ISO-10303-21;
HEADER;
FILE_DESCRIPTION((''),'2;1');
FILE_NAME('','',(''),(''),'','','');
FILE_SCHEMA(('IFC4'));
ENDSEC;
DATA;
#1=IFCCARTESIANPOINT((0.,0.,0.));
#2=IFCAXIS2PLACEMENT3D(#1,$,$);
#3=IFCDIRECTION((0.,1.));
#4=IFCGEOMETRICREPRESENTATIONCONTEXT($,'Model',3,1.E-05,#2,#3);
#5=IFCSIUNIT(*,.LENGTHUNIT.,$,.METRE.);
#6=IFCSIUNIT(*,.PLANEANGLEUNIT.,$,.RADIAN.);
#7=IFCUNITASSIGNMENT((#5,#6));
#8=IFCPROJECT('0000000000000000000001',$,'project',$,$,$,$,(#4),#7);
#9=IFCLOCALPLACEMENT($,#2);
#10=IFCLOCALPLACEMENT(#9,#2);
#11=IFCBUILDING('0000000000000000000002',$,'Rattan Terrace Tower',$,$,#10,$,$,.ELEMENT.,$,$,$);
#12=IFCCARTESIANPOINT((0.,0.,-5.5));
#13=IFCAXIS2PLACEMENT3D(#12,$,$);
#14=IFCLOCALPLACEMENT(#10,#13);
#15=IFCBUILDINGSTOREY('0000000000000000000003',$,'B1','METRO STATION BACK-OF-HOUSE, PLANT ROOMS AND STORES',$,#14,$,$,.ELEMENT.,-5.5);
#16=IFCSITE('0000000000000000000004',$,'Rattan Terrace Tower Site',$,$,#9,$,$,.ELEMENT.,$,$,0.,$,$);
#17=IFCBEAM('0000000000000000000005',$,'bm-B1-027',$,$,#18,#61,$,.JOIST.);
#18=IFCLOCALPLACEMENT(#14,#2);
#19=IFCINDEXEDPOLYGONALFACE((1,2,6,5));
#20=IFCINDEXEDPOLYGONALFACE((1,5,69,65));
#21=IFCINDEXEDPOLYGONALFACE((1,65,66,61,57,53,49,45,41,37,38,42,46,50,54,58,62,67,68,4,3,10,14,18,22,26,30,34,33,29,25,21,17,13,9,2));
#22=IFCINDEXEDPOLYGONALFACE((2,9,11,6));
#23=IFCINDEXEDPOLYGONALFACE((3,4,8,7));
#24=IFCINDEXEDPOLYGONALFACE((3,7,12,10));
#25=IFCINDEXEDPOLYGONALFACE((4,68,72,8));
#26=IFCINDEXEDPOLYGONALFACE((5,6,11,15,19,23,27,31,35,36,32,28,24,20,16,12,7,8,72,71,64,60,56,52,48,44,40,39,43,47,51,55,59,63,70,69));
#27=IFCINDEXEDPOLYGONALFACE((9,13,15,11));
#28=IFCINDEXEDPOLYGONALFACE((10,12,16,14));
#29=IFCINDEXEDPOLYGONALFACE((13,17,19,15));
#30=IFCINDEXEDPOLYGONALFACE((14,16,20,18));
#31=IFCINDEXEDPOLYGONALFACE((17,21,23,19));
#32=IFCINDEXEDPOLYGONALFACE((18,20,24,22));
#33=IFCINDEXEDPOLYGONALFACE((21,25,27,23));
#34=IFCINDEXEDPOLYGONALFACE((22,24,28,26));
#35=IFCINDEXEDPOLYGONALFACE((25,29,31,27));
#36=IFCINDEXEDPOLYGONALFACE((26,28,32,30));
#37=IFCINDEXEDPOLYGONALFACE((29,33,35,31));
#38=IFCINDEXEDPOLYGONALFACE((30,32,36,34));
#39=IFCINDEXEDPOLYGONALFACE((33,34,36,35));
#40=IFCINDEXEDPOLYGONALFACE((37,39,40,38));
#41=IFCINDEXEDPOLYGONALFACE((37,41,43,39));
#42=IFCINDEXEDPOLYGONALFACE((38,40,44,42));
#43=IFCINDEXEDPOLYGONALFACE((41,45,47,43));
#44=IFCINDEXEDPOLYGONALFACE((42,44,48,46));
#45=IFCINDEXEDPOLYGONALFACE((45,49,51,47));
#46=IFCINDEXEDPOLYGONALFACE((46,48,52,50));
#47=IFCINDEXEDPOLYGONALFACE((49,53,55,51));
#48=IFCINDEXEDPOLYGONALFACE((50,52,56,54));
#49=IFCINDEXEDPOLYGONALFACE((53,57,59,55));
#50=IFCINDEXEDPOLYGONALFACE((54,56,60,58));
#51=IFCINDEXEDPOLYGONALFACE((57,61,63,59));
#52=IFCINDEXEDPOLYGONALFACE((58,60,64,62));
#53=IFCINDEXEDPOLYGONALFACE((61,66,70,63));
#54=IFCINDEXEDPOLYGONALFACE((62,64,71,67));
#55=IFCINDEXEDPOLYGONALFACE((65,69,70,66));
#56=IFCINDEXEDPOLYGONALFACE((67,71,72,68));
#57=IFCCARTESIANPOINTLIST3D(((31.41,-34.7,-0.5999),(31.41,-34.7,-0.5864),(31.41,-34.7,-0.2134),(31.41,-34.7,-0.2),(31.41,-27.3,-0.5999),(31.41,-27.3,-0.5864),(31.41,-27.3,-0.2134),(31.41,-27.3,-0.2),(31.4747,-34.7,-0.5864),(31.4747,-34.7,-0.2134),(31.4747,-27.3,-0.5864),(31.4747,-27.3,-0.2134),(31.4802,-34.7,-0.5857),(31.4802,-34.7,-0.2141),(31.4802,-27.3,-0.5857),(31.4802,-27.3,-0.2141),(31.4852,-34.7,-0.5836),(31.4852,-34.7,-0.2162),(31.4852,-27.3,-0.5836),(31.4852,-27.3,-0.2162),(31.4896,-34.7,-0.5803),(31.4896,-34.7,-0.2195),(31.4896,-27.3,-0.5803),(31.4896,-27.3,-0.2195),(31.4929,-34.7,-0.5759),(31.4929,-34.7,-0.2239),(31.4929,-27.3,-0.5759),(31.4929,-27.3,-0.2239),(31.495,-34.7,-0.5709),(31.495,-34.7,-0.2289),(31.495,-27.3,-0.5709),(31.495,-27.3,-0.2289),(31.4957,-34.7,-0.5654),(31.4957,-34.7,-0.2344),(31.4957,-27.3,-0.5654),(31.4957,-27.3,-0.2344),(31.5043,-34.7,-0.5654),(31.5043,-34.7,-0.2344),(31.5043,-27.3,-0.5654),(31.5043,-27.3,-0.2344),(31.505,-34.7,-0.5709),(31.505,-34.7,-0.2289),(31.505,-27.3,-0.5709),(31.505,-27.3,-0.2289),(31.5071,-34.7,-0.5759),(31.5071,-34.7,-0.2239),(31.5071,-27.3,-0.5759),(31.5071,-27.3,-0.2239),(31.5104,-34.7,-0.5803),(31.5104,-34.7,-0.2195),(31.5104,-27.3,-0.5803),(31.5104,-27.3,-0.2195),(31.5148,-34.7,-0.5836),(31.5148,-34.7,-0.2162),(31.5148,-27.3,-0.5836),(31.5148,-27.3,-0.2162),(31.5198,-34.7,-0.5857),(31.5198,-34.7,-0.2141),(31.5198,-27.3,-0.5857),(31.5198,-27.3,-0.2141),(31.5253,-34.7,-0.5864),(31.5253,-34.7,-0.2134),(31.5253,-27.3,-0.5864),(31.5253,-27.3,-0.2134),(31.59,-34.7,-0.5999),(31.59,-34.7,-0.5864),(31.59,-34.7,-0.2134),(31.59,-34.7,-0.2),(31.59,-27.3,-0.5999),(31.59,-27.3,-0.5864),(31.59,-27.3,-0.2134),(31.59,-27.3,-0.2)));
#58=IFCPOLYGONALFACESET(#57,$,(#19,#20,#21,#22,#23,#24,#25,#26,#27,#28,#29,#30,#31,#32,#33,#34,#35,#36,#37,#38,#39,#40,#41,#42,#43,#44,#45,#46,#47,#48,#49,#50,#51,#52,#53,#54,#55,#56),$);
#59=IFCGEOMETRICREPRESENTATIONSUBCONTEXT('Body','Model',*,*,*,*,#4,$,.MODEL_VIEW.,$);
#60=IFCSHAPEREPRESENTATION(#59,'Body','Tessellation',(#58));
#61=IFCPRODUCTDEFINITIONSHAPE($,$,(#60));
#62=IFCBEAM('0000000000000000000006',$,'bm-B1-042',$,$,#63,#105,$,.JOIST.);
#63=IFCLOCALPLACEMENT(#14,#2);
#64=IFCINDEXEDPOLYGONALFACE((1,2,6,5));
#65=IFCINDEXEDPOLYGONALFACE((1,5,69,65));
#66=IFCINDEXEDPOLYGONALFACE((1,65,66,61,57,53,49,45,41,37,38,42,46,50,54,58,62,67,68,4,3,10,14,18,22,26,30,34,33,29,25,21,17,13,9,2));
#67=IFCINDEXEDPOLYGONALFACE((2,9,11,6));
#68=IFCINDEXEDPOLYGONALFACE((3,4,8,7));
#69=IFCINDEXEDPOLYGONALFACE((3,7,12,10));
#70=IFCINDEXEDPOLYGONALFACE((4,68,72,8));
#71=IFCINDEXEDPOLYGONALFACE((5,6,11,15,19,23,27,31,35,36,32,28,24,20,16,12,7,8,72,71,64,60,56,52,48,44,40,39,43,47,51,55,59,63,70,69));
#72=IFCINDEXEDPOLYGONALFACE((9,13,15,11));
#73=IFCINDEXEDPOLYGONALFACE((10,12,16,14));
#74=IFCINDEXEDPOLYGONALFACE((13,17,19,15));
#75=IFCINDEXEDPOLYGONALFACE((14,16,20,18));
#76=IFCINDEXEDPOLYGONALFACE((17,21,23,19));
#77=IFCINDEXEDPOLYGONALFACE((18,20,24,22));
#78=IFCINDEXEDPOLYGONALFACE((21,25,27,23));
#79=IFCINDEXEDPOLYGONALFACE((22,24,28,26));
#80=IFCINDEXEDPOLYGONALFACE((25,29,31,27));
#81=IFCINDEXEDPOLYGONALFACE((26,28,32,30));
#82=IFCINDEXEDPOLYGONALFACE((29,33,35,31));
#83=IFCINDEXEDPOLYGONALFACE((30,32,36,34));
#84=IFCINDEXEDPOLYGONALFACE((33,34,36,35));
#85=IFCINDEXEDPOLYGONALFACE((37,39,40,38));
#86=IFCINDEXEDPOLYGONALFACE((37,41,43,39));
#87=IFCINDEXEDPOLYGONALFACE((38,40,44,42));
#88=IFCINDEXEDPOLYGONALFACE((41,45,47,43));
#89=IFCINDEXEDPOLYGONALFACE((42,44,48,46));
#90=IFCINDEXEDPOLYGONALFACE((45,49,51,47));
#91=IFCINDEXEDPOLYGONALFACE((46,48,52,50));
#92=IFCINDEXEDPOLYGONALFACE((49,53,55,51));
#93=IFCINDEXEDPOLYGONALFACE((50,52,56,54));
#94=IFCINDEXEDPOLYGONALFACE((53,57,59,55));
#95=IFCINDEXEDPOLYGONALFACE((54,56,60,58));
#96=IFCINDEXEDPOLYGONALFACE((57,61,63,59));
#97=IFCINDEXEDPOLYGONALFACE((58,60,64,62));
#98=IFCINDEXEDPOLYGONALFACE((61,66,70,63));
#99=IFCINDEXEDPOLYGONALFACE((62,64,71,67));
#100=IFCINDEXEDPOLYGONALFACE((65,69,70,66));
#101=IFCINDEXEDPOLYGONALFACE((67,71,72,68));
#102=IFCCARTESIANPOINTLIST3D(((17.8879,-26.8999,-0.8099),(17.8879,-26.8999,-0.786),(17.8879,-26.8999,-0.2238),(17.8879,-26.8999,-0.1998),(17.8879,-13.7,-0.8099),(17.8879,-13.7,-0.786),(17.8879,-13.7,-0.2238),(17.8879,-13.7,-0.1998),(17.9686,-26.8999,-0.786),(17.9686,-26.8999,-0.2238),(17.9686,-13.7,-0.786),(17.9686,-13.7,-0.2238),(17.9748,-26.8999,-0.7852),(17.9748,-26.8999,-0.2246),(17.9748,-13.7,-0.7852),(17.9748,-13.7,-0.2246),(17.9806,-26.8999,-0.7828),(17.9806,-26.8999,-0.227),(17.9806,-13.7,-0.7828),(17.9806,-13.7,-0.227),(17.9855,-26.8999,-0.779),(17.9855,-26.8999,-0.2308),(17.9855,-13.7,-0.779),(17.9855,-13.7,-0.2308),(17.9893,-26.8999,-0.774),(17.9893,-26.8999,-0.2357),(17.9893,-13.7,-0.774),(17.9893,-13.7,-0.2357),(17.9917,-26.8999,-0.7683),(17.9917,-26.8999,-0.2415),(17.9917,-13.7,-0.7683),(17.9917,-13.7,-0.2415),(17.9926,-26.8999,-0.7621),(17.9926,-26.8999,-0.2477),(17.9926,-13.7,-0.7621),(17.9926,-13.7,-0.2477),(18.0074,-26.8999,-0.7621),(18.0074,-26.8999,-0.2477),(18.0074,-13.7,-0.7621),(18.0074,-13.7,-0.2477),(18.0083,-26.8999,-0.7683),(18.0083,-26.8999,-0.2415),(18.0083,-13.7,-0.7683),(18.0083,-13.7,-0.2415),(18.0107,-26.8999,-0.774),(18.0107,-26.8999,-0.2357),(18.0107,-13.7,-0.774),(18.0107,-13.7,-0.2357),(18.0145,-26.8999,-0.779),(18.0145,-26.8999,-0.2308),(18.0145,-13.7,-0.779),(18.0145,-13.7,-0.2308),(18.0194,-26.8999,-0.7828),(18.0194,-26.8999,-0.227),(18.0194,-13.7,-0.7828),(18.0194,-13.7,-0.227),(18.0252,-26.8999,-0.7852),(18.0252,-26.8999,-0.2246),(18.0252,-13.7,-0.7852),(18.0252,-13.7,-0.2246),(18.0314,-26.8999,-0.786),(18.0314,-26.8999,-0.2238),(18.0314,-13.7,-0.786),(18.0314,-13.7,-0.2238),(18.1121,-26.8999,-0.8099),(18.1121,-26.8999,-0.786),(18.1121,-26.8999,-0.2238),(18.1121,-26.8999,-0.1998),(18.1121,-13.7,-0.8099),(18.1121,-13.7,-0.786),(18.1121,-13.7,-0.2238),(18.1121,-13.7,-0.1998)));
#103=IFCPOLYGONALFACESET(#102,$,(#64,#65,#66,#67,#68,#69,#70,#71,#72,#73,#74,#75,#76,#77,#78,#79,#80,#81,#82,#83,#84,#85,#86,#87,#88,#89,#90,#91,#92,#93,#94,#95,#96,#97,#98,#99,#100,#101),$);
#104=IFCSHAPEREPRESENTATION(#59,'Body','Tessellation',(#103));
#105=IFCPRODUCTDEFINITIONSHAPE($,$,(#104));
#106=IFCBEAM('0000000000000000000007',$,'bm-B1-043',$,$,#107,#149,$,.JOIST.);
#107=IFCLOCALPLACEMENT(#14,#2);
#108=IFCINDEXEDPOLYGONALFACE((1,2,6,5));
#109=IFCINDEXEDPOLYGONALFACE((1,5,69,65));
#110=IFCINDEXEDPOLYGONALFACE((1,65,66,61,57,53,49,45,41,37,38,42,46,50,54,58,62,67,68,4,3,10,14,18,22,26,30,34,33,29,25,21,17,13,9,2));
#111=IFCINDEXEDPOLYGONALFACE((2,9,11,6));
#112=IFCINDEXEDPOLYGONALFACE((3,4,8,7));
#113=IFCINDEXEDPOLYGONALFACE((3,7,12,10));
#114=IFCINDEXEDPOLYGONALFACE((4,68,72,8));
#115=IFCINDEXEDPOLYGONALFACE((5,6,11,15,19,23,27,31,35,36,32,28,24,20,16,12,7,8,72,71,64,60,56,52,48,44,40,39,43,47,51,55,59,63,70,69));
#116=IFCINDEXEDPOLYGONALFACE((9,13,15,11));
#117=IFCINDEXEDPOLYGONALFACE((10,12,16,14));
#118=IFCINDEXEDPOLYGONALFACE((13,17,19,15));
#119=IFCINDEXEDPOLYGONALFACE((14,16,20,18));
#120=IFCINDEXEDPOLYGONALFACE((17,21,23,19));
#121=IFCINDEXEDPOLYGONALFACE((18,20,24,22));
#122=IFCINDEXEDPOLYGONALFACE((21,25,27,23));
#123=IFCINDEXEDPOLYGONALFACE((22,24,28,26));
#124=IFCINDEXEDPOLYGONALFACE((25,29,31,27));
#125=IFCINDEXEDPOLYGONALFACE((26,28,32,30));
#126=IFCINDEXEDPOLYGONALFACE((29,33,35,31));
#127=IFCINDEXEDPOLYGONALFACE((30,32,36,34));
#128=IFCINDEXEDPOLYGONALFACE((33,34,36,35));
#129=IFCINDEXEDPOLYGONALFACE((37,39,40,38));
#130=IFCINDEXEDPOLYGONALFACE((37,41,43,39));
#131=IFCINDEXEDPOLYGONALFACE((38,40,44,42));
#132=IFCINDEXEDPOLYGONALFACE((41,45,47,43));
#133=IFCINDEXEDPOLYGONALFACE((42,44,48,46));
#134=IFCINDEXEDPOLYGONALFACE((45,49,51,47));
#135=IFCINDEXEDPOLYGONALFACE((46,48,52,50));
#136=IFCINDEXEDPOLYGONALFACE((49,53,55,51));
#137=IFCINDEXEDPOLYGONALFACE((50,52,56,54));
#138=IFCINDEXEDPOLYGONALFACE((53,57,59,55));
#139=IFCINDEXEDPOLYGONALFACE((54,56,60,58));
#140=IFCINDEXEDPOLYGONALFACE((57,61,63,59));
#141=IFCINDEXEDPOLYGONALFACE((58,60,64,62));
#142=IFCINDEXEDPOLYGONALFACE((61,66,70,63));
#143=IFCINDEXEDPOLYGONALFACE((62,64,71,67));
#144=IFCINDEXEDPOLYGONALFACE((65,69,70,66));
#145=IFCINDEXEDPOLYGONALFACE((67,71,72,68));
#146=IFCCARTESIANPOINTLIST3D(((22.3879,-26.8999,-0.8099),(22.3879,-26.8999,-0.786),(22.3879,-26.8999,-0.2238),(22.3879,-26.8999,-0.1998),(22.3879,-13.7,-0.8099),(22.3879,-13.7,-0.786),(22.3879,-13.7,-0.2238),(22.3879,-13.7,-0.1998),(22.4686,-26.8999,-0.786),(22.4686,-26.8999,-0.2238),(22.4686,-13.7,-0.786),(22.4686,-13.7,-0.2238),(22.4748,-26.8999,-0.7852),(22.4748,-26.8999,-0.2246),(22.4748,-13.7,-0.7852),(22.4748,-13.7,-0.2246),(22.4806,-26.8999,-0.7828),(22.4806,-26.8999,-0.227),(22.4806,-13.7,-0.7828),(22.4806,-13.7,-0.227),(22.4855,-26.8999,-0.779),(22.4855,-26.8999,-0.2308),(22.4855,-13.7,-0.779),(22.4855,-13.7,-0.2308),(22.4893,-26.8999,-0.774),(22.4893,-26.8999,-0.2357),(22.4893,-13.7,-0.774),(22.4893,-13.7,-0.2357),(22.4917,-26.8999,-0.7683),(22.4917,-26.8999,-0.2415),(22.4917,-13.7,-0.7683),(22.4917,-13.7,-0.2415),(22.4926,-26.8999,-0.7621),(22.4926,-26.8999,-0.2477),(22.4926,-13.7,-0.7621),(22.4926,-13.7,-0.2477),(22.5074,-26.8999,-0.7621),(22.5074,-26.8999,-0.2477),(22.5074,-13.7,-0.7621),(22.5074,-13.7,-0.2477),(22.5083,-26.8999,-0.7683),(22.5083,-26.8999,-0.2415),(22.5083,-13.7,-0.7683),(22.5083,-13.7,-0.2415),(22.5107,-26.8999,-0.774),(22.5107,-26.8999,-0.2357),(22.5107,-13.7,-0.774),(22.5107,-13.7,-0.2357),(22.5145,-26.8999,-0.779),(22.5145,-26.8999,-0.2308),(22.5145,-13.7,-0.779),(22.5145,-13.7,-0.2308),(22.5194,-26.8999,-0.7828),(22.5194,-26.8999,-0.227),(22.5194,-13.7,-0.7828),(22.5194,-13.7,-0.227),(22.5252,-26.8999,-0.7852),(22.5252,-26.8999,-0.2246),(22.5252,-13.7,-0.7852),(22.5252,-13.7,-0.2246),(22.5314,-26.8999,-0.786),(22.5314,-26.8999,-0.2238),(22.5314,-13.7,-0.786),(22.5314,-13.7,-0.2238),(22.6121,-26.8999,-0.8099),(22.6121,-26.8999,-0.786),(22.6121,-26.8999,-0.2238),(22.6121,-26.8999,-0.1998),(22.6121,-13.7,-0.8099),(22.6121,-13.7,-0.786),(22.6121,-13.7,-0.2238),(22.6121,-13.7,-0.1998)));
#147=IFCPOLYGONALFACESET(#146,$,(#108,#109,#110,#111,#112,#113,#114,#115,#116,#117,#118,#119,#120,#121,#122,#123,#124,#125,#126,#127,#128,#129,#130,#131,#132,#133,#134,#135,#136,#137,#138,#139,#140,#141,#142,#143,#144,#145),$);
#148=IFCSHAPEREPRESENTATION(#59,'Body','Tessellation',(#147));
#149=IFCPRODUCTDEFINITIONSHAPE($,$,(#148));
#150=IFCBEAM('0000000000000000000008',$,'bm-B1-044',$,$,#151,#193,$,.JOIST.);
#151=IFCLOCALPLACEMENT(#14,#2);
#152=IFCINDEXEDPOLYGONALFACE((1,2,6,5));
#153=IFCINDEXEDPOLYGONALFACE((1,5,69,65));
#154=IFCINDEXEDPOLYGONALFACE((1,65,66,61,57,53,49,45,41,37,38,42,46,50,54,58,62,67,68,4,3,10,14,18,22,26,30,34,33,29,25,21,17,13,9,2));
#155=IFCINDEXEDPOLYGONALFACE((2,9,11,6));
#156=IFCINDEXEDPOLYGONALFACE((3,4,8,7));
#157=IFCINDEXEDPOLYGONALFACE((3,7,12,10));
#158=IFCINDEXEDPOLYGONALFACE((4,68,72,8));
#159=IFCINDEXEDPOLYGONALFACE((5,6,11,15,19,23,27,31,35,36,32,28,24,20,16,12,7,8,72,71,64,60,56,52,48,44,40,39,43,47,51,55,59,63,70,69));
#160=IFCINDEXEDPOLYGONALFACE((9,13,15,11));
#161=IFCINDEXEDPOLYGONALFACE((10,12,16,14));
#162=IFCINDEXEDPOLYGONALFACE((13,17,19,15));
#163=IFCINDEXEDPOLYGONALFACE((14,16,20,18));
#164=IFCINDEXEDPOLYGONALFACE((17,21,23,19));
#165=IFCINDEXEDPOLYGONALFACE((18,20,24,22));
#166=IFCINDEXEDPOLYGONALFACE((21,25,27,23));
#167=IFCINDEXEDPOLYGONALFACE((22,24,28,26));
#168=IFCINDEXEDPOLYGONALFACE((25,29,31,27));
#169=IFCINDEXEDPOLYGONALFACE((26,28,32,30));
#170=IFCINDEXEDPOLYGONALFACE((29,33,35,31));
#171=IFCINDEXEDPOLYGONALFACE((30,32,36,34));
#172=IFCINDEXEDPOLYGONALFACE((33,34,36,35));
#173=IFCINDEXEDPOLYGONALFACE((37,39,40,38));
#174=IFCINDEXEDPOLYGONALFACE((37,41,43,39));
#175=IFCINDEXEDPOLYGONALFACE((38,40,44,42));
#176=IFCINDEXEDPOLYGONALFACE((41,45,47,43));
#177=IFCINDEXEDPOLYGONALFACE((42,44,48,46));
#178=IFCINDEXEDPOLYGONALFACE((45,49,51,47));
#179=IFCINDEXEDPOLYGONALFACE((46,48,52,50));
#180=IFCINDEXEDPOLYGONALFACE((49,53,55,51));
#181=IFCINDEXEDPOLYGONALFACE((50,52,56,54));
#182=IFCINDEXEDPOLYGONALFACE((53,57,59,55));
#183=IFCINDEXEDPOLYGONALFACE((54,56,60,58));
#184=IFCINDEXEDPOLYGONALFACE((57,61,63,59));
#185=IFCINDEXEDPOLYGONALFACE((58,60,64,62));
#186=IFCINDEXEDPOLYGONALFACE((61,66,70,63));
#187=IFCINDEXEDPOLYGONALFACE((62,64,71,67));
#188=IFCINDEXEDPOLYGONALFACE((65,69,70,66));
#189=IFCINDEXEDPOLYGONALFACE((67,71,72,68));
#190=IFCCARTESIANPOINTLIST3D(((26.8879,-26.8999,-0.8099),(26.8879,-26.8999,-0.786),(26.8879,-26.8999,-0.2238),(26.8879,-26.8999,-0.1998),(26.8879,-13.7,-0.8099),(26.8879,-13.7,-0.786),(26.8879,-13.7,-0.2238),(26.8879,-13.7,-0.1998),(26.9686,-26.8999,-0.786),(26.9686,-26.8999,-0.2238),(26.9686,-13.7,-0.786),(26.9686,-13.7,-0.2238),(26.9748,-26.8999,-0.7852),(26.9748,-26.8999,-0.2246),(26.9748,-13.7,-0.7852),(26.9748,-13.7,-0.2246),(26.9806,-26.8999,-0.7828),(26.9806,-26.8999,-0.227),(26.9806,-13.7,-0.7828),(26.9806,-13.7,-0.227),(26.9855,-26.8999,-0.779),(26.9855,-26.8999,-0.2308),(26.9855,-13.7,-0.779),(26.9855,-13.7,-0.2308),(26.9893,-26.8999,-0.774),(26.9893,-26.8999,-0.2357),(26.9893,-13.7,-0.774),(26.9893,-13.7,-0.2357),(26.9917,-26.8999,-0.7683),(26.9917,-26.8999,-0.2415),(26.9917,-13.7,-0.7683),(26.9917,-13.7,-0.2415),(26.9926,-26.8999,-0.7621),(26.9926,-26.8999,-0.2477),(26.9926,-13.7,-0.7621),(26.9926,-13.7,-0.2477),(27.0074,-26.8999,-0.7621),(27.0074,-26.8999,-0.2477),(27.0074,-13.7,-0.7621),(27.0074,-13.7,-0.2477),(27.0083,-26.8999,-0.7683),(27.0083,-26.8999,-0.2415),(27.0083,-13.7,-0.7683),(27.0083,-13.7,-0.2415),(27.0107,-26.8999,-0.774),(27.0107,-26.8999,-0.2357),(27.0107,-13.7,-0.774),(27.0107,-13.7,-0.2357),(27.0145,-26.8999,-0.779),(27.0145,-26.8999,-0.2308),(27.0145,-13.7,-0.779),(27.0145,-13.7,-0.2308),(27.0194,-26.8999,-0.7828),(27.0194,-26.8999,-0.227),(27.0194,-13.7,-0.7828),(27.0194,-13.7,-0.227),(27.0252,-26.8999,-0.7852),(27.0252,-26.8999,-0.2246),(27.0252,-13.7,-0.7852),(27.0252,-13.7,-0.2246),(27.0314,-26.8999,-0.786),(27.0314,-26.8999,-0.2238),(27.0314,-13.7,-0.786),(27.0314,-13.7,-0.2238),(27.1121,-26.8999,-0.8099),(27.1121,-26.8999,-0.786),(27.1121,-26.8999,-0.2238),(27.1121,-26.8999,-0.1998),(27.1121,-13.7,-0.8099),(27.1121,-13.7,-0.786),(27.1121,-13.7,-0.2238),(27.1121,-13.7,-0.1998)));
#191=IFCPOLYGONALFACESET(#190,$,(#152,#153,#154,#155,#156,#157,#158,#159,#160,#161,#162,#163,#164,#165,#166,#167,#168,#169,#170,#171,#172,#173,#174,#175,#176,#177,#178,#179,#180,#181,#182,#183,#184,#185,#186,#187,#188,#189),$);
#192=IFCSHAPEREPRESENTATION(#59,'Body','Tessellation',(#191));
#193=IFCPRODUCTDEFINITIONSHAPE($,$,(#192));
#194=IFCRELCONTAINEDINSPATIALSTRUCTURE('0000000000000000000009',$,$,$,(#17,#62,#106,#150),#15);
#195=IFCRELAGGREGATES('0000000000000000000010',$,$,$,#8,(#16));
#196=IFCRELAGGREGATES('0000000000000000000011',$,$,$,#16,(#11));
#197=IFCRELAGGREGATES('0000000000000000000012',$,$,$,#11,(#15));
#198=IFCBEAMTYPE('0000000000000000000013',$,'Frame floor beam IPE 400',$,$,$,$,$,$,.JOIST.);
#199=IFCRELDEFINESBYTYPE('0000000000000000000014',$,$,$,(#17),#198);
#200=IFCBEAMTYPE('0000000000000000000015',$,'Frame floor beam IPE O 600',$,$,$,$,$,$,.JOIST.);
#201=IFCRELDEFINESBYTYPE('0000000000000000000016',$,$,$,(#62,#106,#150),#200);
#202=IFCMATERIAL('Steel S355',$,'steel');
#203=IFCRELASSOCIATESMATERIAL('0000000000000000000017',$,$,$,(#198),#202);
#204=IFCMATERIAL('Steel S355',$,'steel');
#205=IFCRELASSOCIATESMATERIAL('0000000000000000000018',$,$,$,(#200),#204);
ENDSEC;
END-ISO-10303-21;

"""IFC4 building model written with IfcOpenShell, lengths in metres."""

from ifc_helpers import new_model, si_unit, direction, frame, origin, origin_2d, place, context, subcontext, project, spatial, i_section, extrude, material, material_profile, profile_set, type_object, element, save


model = new_model("IFC4")

# Units and contexts
model_context = context("Model", 3, precision=1e-05, world=origin(), true_north=direction((0.0, 1.0)))
body_context = subcontext(model_context, "Body", "Model", "MODEL_VIEW")
ifc_project = project(units=[si_unit("LENGTHUNIT", "METRE"), si_unit("PLANEANGLEUNIT", "RADIAN")], contexts=[model_context])

# Site, building, storey
site_placement = place(None, origin())
site = spatial("IfcSite", under=ifc_project, at=site_placement, Name="Rattan Terrace Tower Site", CompositionType="ELEMENT", RefElevation=0.0)
building_placement = place(site_placement, origin())
building = spatial("IfcBuilding", under=site, at=building_placement, Name="Rattan Terrace Tower", CompositionType="ELEMENT")
storey_placement = place(building_placement, frame((0.0, 0.0, -5.5)))
storey = spatial("IfcBuildingStorey", under=building, at=storey_placement, Name="B1", Description="METRO STATION BACK-OF-HOUSE, PLANT ROOMS AND STORES", CompositionType="ELEMENT", Elevation=-5.5)

# Beams
ifc_material_1 = material(Name="Steel S355", Category="steel")
ifc_material_profile_1 = material_profile(ifc_material_1, i_section(OverallWidth=0.1799, OverallDepth=0.3999, WebThickness=0.0085, FlangeThickness=0.0134, FilletRadius=0.021, at=origin_2d()), Name="IPE 400")
ifc_profile_set_1 = profile_set([ifc_material_profile_1], Name="Steel S355")
beam_type_1 = type_object("IfcBeamType", Name="Frame floor beam IPE 400", PredefinedType="JOIST", material=ifc_profile_set_1)
for number, where, z_axis, x_axis, name in (
    (1, (31.5, -34.7, -0.3999), (0.0, 1.0, 0.0), (-1.0, 0.0, 0.0), "bm-B1-027"),
):
    element("IfcBeam", number, at=place(storey_placement, frame(where, z_axis=z_axis, x_axis=x_axis)), inside=storey, type_object=beam_type_1, Name=name, PredefinedType="JOIST", context=body_context, shape_type="SweptSolid", body=[
        extrude(i_section(OverallWidth=0.1799, OverallDepth=0.3999, WebThickness=0.0085, FlangeThickness=0.0134, FilletRadius=0.021, at=origin_2d()), origin(), (0.0, 0.0, 1.0), 7.3999),
    ])
ifc_material_2 = material(Name="Steel S355", Category="steel")
ifc_material_profile_2 = material_profile(ifc_material_2, i_section(OverallWidth=0.2241, OverallDepth=0.6101, WebThickness=0.0149, FlangeThickness=0.0239, FilletRadius=0.0239, at=origin_2d()), Name="IPE O 600")
ifc_profile_set_2 = profile_set([ifc_material_profile_2], Name="Steel S355")
beam_type_2 = type_object("IfcBeamType", Name="Frame floor beam IPE O 600", PredefinedType="JOIST", material=ifc_profile_set_2)
for number, where, z_axis, x_axis, name in (
    (2, (18.0, -26.8999, -0.5049), (0.0, 1.0, 0.0), (-1.0, 0.0, 0.0), "bm-B1-042"),
    (3, (22.5, -26.8999, -0.5049), (0.0, 1.0, 0.0), (-1.0, 0.0, 0.0), "bm-B1-043"),
    (4, (27.0, -26.8999, -0.5049), (0.0, 1.0, 0.0), (-1.0, 0.0, 0.0), "bm-B1-044"),
):
    element("IfcBeam", number, at=place(storey_placement, frame(where, z_axis=z_axis, x_axis=x_axis)), inside=storey, type_object=beam_type_2, Name=name, PredefinedType="JOIST", context=body_context, shape_type="SweptSolid", body=[
        extrude(i_section(OverallWidth=0.2241, OverallDepth=0.6101, WebThickness=0.0149, FlangeThickness=0.0239, FilletRadius=0.0239, at=origin_2d()), origin(), (0.0, 0.0, 1.0), 13.2),
    ])

save(model, "model.ifc")
